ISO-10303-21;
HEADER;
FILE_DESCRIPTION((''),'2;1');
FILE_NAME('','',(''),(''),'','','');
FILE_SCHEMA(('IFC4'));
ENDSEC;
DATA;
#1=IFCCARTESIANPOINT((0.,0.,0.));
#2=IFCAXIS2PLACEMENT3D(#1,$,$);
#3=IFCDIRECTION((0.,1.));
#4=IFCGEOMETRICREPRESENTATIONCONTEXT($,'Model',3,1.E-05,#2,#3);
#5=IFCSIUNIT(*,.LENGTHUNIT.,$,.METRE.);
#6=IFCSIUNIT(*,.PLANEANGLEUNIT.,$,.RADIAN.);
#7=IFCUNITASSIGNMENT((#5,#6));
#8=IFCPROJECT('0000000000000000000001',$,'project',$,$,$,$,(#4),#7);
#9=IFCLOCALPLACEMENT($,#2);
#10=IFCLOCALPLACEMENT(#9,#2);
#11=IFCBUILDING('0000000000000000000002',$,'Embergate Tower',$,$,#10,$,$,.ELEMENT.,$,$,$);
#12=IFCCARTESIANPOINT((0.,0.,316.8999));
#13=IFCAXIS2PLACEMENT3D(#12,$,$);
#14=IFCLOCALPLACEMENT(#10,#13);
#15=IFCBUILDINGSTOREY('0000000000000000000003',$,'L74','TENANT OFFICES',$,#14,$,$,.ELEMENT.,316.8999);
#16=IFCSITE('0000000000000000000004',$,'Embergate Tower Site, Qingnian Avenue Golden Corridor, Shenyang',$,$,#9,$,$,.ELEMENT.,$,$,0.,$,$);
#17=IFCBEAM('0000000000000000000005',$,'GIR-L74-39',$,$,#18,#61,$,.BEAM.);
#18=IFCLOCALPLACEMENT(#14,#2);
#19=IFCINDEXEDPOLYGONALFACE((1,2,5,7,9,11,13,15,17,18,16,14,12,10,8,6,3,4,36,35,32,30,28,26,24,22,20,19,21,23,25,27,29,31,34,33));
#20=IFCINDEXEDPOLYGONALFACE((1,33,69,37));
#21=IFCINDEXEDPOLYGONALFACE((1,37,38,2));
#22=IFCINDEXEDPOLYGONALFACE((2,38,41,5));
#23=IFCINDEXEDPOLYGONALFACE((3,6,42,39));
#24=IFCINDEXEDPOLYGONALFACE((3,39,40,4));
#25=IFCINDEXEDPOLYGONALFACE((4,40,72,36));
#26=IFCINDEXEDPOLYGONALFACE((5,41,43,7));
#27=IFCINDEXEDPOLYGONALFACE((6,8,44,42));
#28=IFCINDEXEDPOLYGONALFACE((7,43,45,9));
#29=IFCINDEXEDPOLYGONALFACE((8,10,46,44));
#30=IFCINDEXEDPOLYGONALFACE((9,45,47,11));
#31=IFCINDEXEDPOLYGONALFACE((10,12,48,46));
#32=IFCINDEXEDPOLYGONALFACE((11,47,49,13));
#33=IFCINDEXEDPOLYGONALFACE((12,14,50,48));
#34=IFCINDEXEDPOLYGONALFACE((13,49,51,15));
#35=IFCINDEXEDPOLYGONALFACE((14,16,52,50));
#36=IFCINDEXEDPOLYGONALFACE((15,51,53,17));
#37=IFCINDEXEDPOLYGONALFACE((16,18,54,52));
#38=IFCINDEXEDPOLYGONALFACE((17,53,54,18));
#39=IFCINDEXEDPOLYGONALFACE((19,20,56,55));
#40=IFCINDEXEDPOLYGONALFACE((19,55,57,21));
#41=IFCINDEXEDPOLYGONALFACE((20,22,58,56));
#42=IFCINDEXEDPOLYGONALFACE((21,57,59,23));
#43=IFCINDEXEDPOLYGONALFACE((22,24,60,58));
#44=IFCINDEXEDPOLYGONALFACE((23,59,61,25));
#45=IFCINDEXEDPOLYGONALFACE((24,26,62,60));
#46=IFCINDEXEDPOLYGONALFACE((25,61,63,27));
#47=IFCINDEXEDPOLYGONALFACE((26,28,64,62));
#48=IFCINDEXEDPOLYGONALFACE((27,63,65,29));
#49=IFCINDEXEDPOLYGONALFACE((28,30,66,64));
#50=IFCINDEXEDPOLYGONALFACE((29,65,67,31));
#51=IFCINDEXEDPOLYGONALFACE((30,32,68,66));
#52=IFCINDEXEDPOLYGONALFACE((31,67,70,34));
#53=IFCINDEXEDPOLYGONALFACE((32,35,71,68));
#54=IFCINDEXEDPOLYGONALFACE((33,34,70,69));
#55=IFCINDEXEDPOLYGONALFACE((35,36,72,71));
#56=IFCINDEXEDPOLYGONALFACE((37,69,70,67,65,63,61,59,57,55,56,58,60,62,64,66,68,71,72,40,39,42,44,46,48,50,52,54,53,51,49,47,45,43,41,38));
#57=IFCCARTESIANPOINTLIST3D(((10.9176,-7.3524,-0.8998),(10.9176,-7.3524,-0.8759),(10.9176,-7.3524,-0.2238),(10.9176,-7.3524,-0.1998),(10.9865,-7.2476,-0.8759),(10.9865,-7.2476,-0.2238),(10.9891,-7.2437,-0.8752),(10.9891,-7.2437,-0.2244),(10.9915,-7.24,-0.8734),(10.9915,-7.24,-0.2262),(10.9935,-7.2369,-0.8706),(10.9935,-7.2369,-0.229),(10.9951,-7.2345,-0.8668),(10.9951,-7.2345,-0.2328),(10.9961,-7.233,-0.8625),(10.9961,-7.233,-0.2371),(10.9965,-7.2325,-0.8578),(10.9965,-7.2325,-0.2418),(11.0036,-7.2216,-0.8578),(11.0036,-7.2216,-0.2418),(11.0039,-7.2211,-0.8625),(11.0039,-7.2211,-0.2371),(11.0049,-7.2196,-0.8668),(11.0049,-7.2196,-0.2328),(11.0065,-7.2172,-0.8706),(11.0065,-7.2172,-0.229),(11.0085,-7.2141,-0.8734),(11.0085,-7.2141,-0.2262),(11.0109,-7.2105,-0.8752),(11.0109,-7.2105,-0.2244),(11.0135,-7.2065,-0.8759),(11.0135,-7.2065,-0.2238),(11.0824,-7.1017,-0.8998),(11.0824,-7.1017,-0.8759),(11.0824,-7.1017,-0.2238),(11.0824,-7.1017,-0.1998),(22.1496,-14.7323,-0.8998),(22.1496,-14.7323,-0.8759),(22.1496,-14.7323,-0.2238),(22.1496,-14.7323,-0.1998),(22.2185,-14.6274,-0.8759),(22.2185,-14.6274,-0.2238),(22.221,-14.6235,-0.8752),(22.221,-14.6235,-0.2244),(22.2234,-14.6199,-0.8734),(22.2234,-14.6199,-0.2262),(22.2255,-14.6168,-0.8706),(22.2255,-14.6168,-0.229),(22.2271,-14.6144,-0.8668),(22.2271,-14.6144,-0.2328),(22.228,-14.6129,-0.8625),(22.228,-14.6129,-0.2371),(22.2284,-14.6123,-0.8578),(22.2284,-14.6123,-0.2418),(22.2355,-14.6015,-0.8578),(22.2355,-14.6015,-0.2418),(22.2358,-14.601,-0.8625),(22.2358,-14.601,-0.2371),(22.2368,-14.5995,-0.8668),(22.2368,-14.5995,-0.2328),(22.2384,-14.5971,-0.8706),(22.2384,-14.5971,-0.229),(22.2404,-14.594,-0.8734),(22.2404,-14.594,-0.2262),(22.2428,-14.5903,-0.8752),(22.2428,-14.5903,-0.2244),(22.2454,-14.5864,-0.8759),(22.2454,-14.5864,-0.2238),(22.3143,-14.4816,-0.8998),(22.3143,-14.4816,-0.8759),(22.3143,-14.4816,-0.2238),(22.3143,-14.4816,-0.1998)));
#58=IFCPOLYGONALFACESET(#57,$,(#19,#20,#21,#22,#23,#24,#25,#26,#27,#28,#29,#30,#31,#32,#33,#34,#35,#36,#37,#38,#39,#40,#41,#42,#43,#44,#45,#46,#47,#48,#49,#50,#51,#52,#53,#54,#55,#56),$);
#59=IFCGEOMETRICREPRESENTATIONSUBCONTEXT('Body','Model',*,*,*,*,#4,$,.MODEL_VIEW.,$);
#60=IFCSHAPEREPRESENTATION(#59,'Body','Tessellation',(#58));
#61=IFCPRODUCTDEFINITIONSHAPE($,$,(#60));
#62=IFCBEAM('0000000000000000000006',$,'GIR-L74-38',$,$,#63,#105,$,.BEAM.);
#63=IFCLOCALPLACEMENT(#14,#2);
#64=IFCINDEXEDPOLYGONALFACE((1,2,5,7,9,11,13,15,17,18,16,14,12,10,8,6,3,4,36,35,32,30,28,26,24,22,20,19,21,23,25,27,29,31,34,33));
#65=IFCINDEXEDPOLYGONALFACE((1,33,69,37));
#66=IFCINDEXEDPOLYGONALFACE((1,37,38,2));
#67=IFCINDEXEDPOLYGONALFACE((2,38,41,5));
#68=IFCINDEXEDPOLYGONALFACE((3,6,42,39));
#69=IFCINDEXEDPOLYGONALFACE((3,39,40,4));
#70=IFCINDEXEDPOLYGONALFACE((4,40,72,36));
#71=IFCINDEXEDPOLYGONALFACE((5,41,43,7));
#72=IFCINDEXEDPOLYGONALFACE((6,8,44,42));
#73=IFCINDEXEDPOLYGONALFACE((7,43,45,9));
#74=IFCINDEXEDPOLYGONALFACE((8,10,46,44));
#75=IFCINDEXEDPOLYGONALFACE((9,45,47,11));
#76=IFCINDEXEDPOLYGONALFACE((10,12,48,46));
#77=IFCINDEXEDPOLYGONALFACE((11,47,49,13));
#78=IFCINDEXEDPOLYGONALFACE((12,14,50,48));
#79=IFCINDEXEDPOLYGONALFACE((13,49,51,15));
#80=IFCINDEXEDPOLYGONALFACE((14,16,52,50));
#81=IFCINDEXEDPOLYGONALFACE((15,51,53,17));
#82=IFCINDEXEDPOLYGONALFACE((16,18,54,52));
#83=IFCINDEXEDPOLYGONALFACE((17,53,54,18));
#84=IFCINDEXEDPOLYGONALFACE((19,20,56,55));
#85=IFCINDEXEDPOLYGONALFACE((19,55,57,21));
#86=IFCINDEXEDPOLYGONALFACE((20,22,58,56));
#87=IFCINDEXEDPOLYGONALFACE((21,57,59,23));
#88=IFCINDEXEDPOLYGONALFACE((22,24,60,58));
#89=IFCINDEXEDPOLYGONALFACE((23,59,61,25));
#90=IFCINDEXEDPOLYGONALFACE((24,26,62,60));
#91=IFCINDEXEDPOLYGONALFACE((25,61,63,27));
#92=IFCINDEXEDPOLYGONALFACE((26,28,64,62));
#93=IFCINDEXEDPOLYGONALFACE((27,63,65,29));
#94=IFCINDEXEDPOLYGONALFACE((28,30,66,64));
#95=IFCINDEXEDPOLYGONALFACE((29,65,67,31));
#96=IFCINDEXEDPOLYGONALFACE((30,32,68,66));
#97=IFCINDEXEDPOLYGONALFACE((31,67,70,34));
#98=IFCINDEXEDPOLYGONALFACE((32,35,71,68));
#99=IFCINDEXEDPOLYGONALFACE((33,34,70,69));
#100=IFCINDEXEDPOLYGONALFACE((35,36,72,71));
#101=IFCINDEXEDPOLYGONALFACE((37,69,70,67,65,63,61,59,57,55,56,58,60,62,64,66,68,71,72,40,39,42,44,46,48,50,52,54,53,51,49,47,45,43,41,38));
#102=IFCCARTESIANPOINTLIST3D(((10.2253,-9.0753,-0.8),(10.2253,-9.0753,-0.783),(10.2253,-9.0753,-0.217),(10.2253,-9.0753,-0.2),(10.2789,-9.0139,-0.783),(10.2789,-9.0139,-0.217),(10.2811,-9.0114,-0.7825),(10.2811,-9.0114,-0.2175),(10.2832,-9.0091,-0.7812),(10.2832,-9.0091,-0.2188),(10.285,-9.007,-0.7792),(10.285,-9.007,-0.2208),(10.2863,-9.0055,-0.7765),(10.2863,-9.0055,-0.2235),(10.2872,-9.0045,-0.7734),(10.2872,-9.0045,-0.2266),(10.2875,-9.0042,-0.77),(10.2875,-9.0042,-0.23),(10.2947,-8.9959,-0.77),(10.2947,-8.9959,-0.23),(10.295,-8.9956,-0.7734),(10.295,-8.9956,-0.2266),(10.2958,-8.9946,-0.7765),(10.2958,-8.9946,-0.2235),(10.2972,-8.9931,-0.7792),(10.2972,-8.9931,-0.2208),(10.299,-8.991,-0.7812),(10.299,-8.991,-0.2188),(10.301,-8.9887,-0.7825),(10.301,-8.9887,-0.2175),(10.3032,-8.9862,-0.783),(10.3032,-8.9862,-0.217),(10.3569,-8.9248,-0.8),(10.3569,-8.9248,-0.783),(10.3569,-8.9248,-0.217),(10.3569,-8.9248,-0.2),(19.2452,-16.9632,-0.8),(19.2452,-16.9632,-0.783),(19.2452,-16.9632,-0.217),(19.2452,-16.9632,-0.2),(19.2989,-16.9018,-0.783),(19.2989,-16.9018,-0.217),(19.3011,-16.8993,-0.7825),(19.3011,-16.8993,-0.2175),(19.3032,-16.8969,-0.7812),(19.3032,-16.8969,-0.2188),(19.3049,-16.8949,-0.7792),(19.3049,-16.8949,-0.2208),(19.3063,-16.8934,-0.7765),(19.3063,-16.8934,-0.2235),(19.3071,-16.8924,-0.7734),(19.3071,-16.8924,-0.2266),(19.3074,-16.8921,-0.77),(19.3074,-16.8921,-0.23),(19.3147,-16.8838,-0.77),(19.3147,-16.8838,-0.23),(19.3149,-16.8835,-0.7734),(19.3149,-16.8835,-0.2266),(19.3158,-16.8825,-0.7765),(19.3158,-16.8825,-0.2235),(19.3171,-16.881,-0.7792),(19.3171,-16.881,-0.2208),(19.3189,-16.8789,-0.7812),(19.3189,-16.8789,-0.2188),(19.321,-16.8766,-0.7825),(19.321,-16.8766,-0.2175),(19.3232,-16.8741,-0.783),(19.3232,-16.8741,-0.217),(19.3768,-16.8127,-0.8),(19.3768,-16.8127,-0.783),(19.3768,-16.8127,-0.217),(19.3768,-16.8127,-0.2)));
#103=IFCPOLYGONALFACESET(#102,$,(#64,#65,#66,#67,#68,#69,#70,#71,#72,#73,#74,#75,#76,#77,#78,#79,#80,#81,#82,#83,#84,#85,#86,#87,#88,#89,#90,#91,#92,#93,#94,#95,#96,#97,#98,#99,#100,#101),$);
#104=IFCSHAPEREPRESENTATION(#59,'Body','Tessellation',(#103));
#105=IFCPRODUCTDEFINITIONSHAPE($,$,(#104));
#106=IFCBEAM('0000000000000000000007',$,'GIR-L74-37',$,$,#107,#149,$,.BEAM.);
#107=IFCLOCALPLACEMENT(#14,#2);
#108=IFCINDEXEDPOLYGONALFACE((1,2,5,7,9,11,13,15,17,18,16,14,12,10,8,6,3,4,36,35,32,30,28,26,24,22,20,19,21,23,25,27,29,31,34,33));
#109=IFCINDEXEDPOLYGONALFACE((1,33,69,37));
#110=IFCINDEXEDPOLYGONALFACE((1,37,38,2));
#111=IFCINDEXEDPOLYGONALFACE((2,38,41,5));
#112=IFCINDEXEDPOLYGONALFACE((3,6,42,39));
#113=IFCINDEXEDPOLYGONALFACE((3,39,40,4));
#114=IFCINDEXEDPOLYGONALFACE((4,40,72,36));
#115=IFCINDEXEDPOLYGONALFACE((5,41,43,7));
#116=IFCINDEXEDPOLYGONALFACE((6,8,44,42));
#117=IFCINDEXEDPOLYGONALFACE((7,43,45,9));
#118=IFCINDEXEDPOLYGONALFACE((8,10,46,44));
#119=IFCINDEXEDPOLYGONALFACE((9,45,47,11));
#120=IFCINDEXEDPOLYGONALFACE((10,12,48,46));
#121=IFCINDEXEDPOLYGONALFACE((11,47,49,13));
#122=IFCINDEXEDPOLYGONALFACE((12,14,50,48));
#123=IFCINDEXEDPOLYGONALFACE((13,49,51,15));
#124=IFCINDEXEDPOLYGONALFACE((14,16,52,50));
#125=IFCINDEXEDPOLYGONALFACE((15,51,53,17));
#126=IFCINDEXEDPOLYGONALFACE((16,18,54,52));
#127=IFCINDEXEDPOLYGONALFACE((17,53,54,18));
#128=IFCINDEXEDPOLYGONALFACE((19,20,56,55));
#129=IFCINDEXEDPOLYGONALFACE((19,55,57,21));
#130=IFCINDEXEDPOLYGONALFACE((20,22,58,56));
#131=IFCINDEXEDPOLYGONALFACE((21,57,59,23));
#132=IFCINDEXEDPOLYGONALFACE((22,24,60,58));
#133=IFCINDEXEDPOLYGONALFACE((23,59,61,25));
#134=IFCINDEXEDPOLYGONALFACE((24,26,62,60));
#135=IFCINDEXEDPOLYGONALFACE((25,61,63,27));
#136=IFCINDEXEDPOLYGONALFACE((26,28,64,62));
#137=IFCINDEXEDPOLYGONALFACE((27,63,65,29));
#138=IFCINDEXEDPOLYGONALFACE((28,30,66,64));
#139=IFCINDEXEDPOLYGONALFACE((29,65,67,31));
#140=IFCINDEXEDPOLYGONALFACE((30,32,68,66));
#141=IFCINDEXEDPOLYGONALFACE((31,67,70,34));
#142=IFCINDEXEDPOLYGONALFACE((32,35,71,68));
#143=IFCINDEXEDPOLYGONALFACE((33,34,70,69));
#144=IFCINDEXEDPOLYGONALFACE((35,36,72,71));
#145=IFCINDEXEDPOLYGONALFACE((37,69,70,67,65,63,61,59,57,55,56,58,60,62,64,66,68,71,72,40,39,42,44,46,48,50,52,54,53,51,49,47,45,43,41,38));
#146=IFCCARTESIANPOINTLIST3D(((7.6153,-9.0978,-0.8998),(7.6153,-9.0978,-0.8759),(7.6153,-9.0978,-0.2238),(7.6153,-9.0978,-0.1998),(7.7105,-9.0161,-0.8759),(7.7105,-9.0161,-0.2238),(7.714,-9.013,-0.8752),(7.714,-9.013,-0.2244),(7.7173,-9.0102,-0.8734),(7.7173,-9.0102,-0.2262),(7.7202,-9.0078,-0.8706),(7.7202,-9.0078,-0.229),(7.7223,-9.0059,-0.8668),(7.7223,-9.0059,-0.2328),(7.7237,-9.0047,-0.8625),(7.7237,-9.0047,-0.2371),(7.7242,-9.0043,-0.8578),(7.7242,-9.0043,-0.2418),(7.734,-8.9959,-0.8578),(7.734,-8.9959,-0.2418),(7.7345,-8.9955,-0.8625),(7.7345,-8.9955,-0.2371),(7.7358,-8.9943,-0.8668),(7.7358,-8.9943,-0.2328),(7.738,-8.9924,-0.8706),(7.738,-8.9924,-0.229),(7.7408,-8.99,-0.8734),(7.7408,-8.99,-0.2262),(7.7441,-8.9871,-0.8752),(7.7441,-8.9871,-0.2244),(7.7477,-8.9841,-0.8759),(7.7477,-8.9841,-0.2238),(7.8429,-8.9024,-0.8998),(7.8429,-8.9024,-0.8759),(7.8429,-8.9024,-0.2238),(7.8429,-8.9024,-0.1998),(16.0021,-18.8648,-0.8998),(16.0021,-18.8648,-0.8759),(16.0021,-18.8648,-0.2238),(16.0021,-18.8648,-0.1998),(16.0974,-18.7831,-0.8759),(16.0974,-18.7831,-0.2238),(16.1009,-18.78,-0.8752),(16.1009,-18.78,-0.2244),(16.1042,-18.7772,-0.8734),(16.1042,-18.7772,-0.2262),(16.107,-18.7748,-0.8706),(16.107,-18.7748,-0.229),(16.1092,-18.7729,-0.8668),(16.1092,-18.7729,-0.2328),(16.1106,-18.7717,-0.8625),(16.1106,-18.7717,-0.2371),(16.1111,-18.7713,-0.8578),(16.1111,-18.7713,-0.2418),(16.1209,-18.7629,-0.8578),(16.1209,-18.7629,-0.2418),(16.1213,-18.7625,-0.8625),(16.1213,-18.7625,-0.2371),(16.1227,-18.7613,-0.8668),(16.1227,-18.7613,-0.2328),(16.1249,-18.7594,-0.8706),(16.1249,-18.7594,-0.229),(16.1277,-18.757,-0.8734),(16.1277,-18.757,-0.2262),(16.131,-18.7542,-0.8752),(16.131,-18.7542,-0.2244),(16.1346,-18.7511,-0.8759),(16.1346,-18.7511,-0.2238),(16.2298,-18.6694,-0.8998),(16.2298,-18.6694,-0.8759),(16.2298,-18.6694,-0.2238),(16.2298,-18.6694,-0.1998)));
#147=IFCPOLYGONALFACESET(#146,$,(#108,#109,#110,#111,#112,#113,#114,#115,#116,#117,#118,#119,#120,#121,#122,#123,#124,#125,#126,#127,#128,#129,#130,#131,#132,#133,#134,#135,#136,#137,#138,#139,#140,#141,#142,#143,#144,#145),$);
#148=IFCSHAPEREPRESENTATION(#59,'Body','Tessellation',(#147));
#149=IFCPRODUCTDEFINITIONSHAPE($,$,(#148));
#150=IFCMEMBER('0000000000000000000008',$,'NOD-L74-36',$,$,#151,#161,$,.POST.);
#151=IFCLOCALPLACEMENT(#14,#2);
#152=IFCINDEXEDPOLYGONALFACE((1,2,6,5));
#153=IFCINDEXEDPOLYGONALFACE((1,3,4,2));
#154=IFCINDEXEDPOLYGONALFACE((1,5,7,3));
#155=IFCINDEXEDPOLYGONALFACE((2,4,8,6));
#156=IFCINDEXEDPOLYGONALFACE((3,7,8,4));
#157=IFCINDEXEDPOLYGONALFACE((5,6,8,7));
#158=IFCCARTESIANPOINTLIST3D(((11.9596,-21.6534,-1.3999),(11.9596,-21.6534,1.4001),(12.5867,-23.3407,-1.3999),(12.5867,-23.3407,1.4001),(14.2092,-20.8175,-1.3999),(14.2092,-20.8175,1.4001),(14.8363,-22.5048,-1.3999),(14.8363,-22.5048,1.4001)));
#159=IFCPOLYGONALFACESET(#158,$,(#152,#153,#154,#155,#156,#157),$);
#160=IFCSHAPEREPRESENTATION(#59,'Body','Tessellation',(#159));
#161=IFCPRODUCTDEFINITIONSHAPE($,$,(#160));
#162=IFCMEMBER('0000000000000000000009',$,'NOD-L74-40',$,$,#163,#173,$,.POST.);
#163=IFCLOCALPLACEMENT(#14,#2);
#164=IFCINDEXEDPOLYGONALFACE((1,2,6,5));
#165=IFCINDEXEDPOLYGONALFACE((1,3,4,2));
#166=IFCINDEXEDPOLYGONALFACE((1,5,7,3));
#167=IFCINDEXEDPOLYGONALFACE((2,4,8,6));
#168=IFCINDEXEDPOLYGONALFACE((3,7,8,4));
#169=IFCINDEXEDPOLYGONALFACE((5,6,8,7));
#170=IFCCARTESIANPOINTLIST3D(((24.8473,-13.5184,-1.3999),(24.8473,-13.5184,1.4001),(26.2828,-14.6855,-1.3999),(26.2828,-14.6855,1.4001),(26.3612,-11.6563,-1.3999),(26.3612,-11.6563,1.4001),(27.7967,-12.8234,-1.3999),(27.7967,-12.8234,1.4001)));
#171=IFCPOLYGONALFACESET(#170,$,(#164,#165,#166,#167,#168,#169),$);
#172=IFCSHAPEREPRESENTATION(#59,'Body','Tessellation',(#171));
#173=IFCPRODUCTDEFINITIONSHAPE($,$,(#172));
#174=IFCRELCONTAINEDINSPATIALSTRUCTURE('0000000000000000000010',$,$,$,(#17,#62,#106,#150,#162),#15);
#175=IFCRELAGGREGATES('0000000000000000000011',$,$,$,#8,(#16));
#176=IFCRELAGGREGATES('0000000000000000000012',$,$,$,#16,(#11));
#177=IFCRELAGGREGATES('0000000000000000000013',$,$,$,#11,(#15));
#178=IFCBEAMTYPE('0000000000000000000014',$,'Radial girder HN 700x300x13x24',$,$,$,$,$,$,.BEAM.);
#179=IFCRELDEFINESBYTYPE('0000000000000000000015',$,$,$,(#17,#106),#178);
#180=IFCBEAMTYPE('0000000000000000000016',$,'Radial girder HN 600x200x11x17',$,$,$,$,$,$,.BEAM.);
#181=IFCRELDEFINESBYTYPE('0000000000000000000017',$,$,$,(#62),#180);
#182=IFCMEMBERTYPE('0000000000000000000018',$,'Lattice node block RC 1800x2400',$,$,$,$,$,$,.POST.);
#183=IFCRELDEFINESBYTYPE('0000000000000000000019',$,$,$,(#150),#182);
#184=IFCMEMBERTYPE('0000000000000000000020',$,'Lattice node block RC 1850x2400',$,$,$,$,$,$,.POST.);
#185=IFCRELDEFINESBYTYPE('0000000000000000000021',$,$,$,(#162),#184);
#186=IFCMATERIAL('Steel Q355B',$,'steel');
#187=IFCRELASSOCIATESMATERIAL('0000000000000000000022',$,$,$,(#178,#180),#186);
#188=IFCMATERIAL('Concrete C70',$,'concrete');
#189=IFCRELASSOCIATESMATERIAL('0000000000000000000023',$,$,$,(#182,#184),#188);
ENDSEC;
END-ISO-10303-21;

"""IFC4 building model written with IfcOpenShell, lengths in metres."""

from ifc_helpers import new_model, si_unit, direction, frame, origin, origin_2d, place, context, subcontext, project, spatial, rectangle, i_section, extrude, source, transform, mapped, material, material_profile, profile_set, type_object, element, save


model = new_model("IFC4")

# Units and contexts
model_context = context("Model", 3, precision=1e-05, world=origin(), true_north=direction((0.0, 1.0)))
body_context = subcontext(model_context, "Body", "Model", "MODEL_VIEW")
ifc_project = project(units=[si_unit("LENGTHUNIT", "METRE"), si_unit("PLANEANGLEUNIT", "RADIAN")], contexts=[model_context])

# Site, building, storey
site_placement = place(None, origin())
site = spatial("IfcSite", under=ifc_project, at=site_placement, Name="Embergate Tower Site, Qingnian Avenue Golden Corridor, Shenyang", CompositionType="ELEMENT", RefElevation=0.0)
building_placement = place(site_placement, origin())
building = spatial("IfcBuilding", under=site, at=building_placement, Name="Embergate Tower", CompositionType="ELEMENT")
storey_placement = place(building_placement, frame((0.0, 0.0, 316.8999)))
storey = spatial("IfcBuildingStorey", under=building, at=storey_placement, Name="L74", Description="TENANT OFFICES", CompositionType="ELEMENT", Elevation=316.8999)

# Beams
ifc_material_1 = material(Name="Steel Q355B", Category="steel")
ifc_material_profile_1 = material_profile(ifc_material_1, i_section(OverallWidth=0.3, OverallDepth=0.7, WebThickness=0.0129, FlangeThickness=0.0239, FilletRadius=0.0181, at=origin_2d()), Name="HN 700x300x13x24")
ifc_profile_set_1 = profile_set([ifc_material_profile_1], Name="Steel Q355 grade B")
beam_type_1 = type_object("IfcBeamType", Name="Radial girder HN 700x300x13x24", PredefinedType="BEAM", material=ifc_profile_set_1)
shared_shape_1 = source(origin(), body_context, "Body", "SweptSolid", [
    extrude(i_section(OverallWidth=0.3, OverallDepth=0.7, WebThickness=0.0129, FlangeThickness=0.0239, FilletRadius=0.0181, at=origin_2d()), origin(), (0.0, 0.0, 1.0), 13.4395),
])
beam_1_placement = place(storey_placement, frame((22.2319, -14.6069, -0.5498), z_axis=(-0.835743, 0.549121, 0.0), x_axis=(-0.549121, -0.835743, 0.0)))
element("IfcBeam", 1, at=beam_1_placement, inside=storey, type_object=beam_type_1, Name="GIR-L74-39", PredefinedType="BEAM", context=body_context, shape_type="MappedRepresentation", body=[
    mapped(shared_shape_1, transform((0.0, 0.0, 0.0))),
])
ifc_material_profile_2 = material_profile(ifc_material_1, i_section(OverallWidth=0.2, OverallDepth=0.6001, WebThickness=0.011, FlangeThickness=0.0171, FilletRadius=0.0129, at=origin_2d()), Name="HN 600x200x11x17")
ifc_profile_set_2 = profile_set([ifc_material_profile_2], Name="Steel Q355 grade B")
beam_type_2 = type_object("IfcBeamType", Name="Radial girder HN 600x200x11x17", PredefinedType="BEAM", material=ifc_profile_set_2)
shared_shape_2 = source(origin(), body_context, "Body", "SweptSolid", [
    extrude(i_section(OverallWidth=0.2, OverallDepth=0.6001, WebThickness=0.011, FlangeThickness=0.0171, FilletRadius=0.0129, at=origin_2d()), origin(), (0.0, 0.0, 1.0), 11.9824),
])
beam_2_placement = place(storey_placement, frame((19.311, -16.8879, -0.5), z_axis=(-0.752766, 0.658288, 0.0), x_axis=(-0.658288, -0.752766, 0.0)))
element("IfcBeam", 2, at=beam_2_placement, inside=storey, type_object=beam_type_2, Name="GIR-L74-38", PredefinedType="BEAM", context=body_context, shape_type="MappedRepresentation", body=[
    mapped(shared_shape_2, transform((0.0, 0.0, 0.0))),
])
shared_shape_3 = source(origin(), body_context, "Body", "SweptSolid", [
    extrude(i_section(OverallWidth=0.3, OverallDepth=0.7, WebThickness=0.0129, FlangeThickness=0.0239, FilletRadius=0.0181, at=origin_2d()), origin(), (0.0, 0.0, 1.0), 12.8738),
])
beam_3_placement = place(storey_placement, frame((16.116, -18.7671, -0.5498), z_axis=(-0.65147, 0.758674, 0.0), x_axis=(-0.758674, -0.65147, 0.0)))
element("IfcBeam", 3, at=beam_3_placement, inside=storey, type_object=beam_type_1, Name="GIR-L74-37", PredefinedType="BEAM", context=body_context, shape_type="MappedRepresentation", body=[
    mapped(shared_shape_3, transform((0.0, 0.0, 0.0))),
])

# Members
ifc_material_2 = material(Name="Concrete C70", Category="concrete")
ifc_material_profile_3 = material_profile(ifc_material_2, rectangle(XDim=1.8, YDim=2.3999, at=origin_2d()), Name="RC 1800x2400")
ifc_profile_set_3 = profile_set([ifc_material_profile_3], Name="Concrete C70")
member_type_1 = type_object("IfcMemberType", Name="Lattice node block RC 1800x2400", PredefinedType="POST", material=ifc_profile_set_3)
shared_shape_4 = source(origin(), body_context, "Body", "SweptSolid", [
    extrude(rectangle(XDim=1.8, YDim=2.3999, at=origin_2d()), origin(), (0.0, 0.0, 1.0), 2.8),
])
member_1_placement = place(storey_placement, frame((13.3979, -22.0791, -1.3999), z_axis=(0.0, 0.0, 1.0), x_axis=(0.348343, -0.937367, 0.0)))
element("IfcMember", 4, at=member_1_placement, inside=storey, type_object=member_type_1, Name="NOD-L74-36", PredefinedType="POST", context=body_context, shape_type="MappedRepresentation", body=[
    mapped(shared_shape_4, transform((0.0, 0.0, 0.0))),
])
ifc_material_profile_4 = material_profile(ifc_material_2, rectangle(XDim=1.8501, YDim=2.3999, at=origin_2d()), Name="RC 1850x2400")
ifc_profile_set_4 = profile_set([ifc_material_profile_4], Name="Concrete C70")
member_type_2 = type_object("IfcMemberType", Name="Lattice node block RC 1850x2400", PredefinedType="POST", material=ifc_profile_set_4)
shared_shape_5 = source(origin(), body_context, "Body", "SweptSolid", [
    extrude(rectangle(XDim=1.8501, YDim=2.3999, at=origin_2d()), origin(), (0.0, 0.0, 1.0), 2.8),
])
member_2_placement = place(storey_placement, frame((26.322, -13.1709, -1.3999), z_axis=(0.0, 0.0, 1.0), x_axis=(0.775925, -0.630825, 0.0)))
element("IfcMember", 5, at=member_2_placement, inside=storey, type_object=member_type_2, Name="NOD-L74-40", PredefinedType="POST", context=body_context, shape_type="MappedRepresentation", body=[
    mapped(shared_shape_5, transform((0.0, 0.0, 0.0))),
])

save(model, "model.ifc")
